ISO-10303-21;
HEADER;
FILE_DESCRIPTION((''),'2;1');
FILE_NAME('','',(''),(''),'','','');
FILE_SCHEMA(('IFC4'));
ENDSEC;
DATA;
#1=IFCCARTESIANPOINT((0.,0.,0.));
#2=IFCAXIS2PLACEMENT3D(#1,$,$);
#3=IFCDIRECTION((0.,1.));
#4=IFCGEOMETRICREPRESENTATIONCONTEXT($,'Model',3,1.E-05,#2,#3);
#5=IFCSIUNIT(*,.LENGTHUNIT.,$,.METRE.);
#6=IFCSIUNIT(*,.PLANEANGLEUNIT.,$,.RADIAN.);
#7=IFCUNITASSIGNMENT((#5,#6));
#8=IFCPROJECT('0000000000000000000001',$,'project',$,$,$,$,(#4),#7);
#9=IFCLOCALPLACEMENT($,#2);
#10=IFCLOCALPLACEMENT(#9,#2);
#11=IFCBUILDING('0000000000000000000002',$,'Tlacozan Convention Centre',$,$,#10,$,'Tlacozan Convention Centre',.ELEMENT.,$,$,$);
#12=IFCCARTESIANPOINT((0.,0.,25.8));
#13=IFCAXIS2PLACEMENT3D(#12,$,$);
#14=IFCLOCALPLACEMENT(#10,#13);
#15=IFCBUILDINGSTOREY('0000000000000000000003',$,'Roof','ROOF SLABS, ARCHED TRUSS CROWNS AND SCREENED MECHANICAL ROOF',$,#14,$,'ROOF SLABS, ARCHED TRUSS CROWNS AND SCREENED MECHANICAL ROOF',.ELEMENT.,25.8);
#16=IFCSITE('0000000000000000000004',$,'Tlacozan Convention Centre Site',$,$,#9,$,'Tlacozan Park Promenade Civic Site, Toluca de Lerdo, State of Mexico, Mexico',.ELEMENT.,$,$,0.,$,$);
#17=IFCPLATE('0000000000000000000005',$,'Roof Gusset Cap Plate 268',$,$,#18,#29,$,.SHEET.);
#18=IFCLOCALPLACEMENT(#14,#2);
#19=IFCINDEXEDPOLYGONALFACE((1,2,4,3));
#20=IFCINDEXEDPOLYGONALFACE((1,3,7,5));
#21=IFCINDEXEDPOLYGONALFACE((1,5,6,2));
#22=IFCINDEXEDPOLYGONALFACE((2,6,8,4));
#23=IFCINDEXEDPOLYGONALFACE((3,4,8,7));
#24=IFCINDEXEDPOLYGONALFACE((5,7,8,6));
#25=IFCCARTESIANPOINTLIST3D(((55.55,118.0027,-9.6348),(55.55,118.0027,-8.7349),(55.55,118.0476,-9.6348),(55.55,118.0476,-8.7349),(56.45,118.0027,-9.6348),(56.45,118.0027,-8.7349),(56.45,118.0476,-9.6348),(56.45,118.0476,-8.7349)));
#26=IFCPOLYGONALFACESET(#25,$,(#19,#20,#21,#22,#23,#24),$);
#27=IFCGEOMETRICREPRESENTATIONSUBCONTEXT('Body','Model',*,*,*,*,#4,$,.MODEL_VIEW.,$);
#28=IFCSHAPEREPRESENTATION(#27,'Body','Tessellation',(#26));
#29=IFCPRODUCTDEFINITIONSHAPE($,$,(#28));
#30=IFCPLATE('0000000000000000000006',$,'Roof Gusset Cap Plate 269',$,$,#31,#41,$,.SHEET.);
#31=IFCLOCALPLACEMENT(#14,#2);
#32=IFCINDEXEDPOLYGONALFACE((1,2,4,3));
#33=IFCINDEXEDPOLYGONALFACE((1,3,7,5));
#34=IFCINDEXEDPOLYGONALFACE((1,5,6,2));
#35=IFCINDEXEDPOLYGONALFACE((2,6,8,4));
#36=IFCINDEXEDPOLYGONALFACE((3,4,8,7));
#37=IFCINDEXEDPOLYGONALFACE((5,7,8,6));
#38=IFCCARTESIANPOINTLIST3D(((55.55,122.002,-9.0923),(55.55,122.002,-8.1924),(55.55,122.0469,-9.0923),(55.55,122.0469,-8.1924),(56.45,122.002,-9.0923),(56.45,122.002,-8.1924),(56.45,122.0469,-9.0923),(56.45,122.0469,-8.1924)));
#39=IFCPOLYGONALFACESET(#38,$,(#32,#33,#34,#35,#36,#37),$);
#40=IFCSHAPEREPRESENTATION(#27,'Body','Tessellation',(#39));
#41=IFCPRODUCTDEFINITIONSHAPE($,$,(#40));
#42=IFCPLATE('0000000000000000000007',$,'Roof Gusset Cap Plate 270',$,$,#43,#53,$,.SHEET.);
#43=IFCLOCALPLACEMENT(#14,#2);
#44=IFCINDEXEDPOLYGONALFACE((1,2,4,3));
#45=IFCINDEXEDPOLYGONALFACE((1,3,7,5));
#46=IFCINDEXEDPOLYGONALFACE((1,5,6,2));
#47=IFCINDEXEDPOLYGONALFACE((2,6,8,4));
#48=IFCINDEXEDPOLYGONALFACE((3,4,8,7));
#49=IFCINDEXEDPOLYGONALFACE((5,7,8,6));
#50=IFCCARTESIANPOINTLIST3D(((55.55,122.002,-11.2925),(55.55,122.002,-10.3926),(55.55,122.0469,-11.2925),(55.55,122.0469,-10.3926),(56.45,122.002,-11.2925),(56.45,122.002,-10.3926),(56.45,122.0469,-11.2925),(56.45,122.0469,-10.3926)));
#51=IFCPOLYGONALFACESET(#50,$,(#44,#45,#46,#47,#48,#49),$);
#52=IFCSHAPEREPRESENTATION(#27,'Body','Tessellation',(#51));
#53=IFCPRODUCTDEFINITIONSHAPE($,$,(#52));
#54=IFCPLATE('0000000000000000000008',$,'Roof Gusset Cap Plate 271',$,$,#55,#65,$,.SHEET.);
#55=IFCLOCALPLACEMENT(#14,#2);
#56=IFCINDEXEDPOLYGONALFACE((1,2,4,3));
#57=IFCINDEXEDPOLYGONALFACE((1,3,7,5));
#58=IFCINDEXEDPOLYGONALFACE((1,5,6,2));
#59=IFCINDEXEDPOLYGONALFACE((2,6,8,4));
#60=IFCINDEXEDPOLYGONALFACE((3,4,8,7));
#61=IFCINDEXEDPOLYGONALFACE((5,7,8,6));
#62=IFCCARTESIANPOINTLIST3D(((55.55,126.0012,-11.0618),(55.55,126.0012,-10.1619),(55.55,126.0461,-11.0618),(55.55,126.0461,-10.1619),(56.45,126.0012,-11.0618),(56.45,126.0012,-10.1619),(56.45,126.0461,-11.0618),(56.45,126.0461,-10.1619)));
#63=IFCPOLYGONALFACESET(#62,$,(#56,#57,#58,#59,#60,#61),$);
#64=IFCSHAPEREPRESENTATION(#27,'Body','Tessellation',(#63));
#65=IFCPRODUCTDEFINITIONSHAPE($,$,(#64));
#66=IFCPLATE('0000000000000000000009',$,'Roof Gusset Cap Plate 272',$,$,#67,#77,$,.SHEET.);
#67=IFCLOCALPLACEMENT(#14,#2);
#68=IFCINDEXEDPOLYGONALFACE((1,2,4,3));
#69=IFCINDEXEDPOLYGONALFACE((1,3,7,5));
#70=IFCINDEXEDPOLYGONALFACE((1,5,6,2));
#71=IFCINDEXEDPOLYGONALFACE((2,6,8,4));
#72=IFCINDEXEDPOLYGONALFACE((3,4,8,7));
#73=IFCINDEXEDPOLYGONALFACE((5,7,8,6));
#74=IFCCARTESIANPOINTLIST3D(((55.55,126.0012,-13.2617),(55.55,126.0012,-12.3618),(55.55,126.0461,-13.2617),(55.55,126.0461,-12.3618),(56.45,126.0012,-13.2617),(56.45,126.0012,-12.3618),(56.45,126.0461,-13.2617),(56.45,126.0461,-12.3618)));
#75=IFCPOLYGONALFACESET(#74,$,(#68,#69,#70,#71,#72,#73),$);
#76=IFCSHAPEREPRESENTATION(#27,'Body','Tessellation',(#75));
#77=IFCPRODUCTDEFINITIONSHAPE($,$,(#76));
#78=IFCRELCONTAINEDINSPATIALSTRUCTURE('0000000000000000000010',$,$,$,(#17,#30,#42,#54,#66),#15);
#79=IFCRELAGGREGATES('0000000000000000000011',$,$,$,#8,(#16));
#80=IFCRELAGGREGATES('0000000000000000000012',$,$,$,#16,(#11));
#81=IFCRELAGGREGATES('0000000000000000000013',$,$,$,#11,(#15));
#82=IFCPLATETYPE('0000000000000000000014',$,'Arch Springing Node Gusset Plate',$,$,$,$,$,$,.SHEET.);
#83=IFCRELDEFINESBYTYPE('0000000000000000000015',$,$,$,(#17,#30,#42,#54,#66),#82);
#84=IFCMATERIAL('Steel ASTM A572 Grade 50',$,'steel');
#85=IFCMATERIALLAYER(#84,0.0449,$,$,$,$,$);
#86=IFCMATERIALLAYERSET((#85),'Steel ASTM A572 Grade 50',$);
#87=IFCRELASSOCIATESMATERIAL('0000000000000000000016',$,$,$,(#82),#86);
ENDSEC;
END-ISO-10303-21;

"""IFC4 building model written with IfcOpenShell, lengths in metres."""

from ifc_helpers import new_model, si_unit, direction, frame, origin, origin_2d, place, context, subcontext, project, spatial, rectangle, extrude, material, layer, layer_set, type_object, element, save


model = new_model("IFC4")

# Units and contexts
model_context = context("Model", 3, precision=1e-05, world=origin(), true_north=direction((0.0, 1.0)))
body_context = subcontext(model_context, "Body", "Model", "MODEL_VIEW")
ifc_project = project(units=[si_unit("LENGTHUNIT", "METRE"), si_unit("PLANEANGLEUNIT", "RADIAN")], contexts=[model_context])

# Site, building, storey
site_placement = place(None, origin())
site = spatial("IfcSite", under=ifc_project, at=site_placement, Name="Tlacozan Convention Centre Site", LongName="Tlacozan Park Promenade Civic Site, Toluca de Lerdo, State of Mexico, Mexico", CompositionType="ELEMENT", RefElevation=0.0)
building_placement = place(site_placement, origin())
building = spatial("IfcBuilding", under=site, at=building_placement, Name="Tlacozan Convention Centre", LongName="Tlacozan Convention Centre", CompositionType="ELEMENT")
storey_placement = place(building_placement, frame((0.0, 0.0, 25.8)))
storey = spatial("IfcBuildingStorey", under=building, at=storey_placement, Name="Roof", Description="ROOF SLABS, ARCHED TRUSS CROWNS AND SCREENED MECHANICAL ROOF", LongName="ROOF SLABS, ARCHED TRUSS CROWNS AND SCREENED MECHANICAL ROOF", CompositionType="ELEMENT", Elevation=25.8)

# Plates
ifc_material_1 = material(Name="Steel ASTM A572 Grade 50", Category="steel")
ifc_layer = layer(ifc_material_1, 0.0449)
ifc_layer_set = layer_set([ifc_layer], Name="Steel ASTM A572 Grade 50")
plate_type = type_object("IfcPlateType", Name="Arch Springing Node Gusset Plate", PredefinedType="SHEET", material=ifc_layer_set)
for number, where, z_axis, x_axis, name in (
    (1, (56.0, 118.0251, -9.6348), (0.0, 0.0, 1.0), (0.0, 1.0, 0.0), "Roof Gusset Cap Plate 268"),
    (2, (56.0, 122.0244, -9.0923), (0.0, 0.0, 1.0), (0.0, 1.0, 0.0), "Roof Gusset Cap Plate 269"),
    (3, (56.0, 122.0244, -11.2925), (0.0, 0.0, 1.0), (0.0, 1.0, 0.0), "Roof Gusset Cap Plate 270"),
    (4, (56.0, 126.0237, -11.0618), (0.0, 0.0, 1.0), (0.0, 1.0, 0.0), "Roof Gusset Cap Plate 271"),
    (5, (56.0, 126.0237, -13.2617), (0.0, 0.0, 1.0), (0.0, 1.0, 0.0), "Roof Gusset Cap Plate 272"),
):
    element("IfcPlate", number, at=place(storey_placement, frame(where, z_axis=z_axis, x_axis=x_axis)), inside=storey, type_object=plate_type, Name=name, PredefinedType="SHEET", context=body_context, shape_type="SweptSolid", body=[
        extrude(rectangle(XDim=0.0449, YDim=0.8999, at=origin_2d()), origin(), (0.0, 0.0, 1.0), 0.8999),
    ])

save(model, "model.ifc")
